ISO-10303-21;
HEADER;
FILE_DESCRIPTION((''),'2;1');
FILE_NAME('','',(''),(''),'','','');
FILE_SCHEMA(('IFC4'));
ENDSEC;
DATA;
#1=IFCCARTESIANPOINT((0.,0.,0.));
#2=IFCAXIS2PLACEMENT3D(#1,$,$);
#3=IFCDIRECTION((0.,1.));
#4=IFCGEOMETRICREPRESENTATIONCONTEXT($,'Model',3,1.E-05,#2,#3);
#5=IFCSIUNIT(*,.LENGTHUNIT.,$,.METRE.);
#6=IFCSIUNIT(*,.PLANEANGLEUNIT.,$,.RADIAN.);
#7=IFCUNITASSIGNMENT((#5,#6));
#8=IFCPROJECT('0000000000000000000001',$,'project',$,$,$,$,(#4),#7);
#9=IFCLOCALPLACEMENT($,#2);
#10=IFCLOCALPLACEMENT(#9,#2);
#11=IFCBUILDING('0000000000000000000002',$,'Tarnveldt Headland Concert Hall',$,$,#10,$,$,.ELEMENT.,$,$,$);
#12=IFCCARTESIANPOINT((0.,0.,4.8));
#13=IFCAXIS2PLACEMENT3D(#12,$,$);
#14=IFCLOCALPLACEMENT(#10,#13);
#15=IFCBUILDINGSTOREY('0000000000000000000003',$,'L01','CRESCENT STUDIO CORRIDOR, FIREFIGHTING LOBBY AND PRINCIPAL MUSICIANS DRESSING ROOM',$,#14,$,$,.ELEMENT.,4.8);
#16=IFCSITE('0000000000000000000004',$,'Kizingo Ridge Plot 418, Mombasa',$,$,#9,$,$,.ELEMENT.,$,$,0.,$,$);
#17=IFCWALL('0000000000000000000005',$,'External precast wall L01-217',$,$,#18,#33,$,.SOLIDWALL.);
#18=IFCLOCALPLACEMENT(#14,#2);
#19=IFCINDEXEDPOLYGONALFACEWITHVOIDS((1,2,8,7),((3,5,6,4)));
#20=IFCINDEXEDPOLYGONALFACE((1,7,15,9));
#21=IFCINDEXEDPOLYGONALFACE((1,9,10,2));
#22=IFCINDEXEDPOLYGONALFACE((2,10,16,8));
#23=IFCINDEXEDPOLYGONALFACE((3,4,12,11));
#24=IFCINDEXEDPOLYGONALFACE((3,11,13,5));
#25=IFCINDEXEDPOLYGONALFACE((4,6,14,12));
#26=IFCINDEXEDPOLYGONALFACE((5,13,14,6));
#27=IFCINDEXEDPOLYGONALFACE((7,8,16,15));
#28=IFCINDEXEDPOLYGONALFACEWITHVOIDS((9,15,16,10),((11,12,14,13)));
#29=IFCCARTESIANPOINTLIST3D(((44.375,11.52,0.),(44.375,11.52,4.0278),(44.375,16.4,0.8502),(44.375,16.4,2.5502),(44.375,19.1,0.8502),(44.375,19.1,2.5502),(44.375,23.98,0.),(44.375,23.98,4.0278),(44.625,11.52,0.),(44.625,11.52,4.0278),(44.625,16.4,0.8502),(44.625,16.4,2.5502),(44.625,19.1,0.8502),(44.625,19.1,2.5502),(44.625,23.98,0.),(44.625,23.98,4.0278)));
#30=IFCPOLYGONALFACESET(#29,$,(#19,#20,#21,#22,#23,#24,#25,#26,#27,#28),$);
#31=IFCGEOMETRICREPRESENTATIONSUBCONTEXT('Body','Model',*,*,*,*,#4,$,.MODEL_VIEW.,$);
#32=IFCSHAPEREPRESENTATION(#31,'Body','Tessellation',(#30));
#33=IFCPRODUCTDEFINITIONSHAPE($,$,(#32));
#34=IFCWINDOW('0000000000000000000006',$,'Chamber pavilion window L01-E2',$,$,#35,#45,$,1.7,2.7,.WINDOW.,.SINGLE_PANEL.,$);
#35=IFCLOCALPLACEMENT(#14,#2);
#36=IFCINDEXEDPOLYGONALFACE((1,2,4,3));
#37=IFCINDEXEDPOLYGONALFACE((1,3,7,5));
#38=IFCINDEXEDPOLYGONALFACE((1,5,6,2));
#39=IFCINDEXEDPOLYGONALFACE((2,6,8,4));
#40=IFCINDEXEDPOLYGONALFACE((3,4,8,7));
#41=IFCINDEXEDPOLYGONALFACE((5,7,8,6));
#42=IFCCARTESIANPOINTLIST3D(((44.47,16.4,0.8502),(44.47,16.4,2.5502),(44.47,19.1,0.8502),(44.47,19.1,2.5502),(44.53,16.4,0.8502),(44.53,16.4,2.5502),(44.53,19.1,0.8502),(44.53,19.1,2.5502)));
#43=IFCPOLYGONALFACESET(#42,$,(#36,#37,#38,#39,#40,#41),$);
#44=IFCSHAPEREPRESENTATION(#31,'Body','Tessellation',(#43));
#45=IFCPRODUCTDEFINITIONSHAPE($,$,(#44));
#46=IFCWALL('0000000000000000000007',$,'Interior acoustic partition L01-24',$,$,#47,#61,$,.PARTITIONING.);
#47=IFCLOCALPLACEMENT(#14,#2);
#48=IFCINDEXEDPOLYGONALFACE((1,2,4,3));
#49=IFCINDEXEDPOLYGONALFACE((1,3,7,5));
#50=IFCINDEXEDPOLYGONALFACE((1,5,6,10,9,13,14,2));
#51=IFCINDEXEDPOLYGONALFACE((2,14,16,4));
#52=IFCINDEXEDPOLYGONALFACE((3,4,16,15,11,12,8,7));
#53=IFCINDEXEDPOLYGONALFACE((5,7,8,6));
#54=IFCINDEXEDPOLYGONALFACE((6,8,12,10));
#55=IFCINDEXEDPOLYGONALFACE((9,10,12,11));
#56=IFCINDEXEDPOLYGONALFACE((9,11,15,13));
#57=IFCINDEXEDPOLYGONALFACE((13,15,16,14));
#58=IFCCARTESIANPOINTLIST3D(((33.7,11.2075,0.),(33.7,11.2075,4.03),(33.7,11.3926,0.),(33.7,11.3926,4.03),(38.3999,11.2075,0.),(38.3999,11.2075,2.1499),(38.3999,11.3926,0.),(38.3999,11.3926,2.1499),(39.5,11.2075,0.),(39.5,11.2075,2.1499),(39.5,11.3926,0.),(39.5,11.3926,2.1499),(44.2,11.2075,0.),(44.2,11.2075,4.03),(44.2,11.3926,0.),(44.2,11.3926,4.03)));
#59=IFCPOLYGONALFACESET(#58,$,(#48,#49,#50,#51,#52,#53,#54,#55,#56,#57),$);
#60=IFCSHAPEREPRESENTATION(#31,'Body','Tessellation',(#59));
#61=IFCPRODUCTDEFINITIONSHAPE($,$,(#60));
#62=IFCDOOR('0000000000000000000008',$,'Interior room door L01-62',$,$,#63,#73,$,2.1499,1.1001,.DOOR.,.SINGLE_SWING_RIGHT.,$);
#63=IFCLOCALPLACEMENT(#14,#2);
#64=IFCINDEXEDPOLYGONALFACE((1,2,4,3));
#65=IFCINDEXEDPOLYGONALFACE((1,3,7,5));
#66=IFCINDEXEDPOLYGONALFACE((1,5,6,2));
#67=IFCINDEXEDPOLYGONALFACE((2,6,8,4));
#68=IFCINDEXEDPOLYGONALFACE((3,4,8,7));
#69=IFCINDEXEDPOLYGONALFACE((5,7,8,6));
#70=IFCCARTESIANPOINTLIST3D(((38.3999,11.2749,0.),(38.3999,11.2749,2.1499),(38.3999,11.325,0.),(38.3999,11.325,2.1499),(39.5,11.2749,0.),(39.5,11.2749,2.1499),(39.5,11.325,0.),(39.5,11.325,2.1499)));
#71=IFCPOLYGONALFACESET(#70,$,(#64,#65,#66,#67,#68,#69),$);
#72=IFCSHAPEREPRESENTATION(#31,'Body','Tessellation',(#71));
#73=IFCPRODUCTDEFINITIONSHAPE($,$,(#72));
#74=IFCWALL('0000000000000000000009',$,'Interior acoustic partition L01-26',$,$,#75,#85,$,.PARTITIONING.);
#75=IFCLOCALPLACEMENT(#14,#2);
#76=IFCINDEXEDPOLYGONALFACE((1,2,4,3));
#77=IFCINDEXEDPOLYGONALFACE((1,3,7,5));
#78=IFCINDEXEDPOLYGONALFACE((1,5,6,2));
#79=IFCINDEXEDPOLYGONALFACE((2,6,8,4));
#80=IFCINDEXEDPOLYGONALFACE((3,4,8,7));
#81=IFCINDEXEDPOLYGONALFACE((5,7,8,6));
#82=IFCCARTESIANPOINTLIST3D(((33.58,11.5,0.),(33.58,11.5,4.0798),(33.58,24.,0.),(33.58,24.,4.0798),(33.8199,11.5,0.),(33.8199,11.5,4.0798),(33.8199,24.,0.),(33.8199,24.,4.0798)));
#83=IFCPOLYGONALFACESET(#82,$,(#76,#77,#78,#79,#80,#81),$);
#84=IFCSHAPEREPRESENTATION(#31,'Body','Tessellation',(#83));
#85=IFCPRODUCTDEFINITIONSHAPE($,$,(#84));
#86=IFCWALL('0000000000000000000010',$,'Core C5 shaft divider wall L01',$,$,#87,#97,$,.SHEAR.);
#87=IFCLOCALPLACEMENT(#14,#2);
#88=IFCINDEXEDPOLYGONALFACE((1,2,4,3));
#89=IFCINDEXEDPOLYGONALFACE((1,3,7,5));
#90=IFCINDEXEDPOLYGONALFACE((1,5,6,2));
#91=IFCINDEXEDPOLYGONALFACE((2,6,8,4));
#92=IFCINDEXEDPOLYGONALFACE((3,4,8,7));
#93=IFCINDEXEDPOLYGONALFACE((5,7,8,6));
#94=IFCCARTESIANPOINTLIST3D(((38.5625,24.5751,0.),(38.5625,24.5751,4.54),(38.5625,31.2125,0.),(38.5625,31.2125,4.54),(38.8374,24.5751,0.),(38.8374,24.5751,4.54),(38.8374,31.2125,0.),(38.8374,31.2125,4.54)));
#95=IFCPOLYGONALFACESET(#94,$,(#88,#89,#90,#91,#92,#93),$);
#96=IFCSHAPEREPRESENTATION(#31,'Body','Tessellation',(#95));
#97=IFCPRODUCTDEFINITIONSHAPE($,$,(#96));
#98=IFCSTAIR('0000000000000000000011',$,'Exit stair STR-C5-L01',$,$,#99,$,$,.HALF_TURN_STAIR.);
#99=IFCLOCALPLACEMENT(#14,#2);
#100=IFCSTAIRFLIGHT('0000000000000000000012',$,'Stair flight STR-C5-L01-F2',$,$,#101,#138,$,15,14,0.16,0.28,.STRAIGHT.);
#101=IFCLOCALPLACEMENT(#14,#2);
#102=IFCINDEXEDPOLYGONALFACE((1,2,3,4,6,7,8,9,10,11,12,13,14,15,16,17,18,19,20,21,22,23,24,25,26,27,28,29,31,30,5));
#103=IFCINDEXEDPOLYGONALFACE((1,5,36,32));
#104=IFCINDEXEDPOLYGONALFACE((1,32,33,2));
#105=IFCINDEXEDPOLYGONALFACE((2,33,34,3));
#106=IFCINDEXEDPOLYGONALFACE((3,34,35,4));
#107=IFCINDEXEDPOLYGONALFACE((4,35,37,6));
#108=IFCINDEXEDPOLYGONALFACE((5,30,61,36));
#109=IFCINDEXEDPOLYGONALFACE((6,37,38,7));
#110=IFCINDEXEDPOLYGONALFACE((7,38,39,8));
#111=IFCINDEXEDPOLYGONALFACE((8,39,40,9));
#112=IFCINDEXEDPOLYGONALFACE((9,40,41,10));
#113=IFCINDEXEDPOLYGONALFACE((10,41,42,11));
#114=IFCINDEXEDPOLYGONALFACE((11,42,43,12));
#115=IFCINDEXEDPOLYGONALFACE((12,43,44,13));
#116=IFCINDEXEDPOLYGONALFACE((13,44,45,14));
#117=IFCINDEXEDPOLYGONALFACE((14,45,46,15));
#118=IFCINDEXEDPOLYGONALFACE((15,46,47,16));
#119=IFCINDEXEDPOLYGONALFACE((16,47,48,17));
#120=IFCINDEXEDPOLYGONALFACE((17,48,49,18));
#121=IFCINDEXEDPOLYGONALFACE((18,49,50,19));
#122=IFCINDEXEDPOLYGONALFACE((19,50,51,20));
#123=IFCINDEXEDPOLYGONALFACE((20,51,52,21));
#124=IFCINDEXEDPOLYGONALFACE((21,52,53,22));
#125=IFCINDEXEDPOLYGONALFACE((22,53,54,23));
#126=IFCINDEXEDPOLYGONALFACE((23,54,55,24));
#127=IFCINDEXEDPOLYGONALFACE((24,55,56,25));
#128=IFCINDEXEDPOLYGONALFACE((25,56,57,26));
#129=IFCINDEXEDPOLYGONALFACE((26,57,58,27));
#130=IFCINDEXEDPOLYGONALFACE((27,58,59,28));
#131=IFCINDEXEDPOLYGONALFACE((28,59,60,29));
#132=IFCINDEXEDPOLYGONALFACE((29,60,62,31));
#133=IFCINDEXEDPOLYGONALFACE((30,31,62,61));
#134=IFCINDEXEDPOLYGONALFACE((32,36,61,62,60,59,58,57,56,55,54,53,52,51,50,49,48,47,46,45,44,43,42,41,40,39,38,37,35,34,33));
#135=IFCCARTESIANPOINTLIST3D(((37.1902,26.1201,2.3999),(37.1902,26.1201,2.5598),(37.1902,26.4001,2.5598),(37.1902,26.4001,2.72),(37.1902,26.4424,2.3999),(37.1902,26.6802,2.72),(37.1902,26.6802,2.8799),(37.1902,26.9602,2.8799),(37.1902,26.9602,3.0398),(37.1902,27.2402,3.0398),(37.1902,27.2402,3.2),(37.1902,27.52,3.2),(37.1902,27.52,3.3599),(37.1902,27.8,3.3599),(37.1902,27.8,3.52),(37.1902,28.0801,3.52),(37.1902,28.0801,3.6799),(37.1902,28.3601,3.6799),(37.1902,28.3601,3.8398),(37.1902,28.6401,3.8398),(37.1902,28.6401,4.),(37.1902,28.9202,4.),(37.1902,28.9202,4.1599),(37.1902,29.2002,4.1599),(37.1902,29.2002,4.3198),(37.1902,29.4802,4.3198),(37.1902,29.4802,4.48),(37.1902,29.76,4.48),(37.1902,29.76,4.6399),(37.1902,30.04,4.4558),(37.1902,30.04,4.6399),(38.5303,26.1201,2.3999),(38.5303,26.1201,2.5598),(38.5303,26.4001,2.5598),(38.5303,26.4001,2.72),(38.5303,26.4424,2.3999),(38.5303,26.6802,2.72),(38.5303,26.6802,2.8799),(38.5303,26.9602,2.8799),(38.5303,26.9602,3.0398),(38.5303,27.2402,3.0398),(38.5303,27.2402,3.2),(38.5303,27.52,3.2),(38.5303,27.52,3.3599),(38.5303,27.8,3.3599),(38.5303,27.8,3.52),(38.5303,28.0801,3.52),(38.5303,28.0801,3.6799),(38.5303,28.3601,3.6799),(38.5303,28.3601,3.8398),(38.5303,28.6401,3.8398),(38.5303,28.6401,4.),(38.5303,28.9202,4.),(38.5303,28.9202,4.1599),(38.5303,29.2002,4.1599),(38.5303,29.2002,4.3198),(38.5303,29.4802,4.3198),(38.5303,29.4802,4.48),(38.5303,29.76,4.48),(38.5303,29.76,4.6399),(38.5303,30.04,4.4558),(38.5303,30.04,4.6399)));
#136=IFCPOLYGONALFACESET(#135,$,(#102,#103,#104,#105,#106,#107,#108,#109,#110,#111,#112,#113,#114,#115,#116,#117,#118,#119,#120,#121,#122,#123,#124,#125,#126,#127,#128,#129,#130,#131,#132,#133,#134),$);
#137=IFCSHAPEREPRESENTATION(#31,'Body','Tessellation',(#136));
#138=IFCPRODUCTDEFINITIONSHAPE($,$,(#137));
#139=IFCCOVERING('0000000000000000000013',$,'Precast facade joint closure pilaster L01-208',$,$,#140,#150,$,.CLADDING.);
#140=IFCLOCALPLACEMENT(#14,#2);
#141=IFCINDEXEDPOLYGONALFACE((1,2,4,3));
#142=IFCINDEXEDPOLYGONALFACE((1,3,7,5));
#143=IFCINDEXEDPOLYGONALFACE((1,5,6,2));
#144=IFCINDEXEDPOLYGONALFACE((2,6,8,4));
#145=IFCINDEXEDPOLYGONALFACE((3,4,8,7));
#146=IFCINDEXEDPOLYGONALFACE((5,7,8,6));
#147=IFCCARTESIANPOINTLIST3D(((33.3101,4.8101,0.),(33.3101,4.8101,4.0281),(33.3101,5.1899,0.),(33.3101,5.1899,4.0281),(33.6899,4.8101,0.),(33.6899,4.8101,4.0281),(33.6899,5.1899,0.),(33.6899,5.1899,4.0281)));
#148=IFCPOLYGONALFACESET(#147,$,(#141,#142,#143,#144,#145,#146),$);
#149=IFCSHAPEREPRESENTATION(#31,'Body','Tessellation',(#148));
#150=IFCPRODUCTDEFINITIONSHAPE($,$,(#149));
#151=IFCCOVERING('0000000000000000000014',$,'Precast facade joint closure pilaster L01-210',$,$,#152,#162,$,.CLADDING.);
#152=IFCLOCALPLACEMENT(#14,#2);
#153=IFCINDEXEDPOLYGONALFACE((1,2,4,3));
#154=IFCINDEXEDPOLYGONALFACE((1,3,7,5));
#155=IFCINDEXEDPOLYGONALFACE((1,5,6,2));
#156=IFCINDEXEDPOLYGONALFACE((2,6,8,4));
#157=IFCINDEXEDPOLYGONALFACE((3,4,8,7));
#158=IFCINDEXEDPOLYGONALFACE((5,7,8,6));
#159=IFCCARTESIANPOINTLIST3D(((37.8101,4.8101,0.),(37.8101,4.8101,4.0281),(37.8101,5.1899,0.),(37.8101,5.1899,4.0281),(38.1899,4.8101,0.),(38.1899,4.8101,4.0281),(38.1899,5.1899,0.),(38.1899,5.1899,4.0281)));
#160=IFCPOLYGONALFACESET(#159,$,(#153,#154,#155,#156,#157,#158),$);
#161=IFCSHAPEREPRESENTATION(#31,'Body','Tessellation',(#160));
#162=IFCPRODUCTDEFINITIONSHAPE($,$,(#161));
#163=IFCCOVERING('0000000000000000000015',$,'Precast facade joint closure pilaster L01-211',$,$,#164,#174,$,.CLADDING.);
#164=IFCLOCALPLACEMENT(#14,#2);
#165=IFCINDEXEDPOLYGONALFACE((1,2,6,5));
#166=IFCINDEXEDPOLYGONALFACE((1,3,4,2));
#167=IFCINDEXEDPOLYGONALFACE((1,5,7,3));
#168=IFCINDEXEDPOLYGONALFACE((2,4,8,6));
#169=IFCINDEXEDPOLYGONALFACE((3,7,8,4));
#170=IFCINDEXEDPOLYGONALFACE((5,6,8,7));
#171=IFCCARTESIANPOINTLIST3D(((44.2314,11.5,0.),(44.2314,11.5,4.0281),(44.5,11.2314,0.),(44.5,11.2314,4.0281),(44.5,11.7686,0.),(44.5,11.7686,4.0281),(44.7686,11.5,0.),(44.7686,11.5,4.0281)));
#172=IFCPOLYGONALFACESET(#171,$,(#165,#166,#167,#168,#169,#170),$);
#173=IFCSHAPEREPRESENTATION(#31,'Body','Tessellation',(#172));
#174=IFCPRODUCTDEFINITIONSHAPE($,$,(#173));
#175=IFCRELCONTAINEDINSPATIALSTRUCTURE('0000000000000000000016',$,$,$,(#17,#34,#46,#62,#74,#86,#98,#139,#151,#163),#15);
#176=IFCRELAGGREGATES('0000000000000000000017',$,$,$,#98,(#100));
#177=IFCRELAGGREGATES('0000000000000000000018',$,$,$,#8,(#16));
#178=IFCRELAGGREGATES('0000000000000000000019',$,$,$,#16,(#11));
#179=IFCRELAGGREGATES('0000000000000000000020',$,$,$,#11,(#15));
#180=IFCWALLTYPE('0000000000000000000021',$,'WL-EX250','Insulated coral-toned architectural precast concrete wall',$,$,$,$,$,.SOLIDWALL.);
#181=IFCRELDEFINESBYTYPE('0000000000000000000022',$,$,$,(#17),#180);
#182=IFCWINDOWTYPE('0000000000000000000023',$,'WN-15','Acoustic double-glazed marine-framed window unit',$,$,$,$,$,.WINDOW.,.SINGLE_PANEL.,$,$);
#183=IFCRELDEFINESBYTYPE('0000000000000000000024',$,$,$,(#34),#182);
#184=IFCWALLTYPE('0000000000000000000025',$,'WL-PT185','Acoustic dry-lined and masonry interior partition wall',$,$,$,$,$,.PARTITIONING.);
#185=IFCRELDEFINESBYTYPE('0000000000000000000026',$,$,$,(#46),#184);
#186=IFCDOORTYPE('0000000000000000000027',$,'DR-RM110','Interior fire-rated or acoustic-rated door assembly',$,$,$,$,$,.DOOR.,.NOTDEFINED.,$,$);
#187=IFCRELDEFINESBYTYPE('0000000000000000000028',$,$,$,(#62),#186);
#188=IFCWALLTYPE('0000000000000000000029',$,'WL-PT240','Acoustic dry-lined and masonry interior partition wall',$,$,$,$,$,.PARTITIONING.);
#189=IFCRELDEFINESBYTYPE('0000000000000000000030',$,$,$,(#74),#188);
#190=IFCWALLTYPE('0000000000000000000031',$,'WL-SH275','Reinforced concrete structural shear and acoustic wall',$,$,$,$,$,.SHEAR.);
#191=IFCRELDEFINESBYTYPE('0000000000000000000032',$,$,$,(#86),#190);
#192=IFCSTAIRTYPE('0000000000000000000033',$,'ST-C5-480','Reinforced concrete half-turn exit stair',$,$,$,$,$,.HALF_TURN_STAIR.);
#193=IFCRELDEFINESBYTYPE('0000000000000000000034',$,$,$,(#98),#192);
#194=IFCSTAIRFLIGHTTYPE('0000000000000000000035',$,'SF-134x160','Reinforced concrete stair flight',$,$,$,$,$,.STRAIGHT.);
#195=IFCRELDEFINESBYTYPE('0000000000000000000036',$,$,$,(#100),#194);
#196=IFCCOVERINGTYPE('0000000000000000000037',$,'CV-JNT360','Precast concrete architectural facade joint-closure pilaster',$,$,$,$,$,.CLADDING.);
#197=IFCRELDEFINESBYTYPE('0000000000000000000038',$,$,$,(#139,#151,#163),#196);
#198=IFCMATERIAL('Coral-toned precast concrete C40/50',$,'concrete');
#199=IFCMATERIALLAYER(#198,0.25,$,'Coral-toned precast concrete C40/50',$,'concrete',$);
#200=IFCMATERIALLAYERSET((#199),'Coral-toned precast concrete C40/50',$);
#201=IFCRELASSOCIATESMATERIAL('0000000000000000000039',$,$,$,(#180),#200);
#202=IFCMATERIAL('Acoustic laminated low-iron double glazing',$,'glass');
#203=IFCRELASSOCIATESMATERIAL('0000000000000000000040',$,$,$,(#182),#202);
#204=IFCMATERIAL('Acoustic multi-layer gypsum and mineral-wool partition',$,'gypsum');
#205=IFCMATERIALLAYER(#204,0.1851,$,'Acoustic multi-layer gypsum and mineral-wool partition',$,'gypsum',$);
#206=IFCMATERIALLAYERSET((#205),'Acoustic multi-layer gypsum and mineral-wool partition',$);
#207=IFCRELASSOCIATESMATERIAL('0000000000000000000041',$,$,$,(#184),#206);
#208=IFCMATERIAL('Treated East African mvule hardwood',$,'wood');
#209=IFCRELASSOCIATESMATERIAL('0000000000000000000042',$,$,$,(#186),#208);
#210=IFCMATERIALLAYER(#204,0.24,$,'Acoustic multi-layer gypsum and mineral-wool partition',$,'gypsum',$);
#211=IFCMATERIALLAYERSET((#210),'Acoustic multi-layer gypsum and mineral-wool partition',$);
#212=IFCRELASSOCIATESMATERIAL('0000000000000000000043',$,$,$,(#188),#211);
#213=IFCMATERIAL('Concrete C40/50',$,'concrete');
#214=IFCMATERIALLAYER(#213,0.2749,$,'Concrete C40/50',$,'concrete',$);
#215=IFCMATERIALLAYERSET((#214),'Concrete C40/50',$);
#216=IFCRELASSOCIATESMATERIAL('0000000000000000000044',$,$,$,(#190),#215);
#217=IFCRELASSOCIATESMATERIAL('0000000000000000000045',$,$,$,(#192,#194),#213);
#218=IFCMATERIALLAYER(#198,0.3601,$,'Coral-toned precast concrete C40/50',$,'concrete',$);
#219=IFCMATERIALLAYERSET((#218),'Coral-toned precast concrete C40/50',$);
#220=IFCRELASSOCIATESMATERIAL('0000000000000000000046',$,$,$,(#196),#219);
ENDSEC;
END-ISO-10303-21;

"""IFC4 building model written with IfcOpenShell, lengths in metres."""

from ifc_helpers import new_model, si_unit, direction, frame, frame_2d, origin, origin_2d, place, context, subcontext, project, spatial, polyline, rectangle, outline, extrude, material, layer, layer_set, type_object, element, fill, aggregate, save


model = new_model("IFC4")

# Units and contexts
model_context = context("Model", 3, precision=1e-05, world=origin(), true_north=direction((0.0, 1.0)))
body_context = subcontext(model_context, "Body", "Model", "MODEL_VIEW")
ifc_project = project(units=[si_unit("LENGTHUNIT", "METRE"), si_unit("PLANEANGLEUNIT", "RADIAN")], contexts=[model_context])

# Site, building, storey
site_placement = place(None, origin())
site = spatial("IfcSite", under=ifc_project, at=site_placement, Name="Kizingo Ridge Plot 418, Mombasa", CompositionType="ELEMENT", RefElevation=0.0)
building_placement = place(site_placement, origin())
building = spatial("IfcBuilding", under=site, at=building_placement, Name="Tarnveldt Headland Concert Hall", CompositionType="ELEMENT")
storey_placement = place(building_placement, frame((0.0, 0.0, 4.8)))
storey = spatial("IfcBuildingStorey", under=building, at=storey_placement, Name="L01", Description="CRESCENT STUDIO CORRIDOR, FIREFIGHTING LOBBY AND PRINCIPAL MUSICIANS DRESSING ROOM", CompositionType="ELEMENT", Elevation=4.8)

# Shared definitions
ifc_material_1 = material(Name="Concrete C40/50", Category="concrete")

# Shared definitions
ifc_material_2 = material(Name="Coral-toned precast concrete C40/50", Category="concrete")
ifc_layer_1 = layer(ifc_material_2, 0.25, Name="Coral-toned precast concrete C40/50", Category="concrete")
ifc_layer_set_1 = layer_set([ifc_layer_1], Name="Coral-toned precast concrete C40/50")
wall_type_1 = type_object("IfcWallType", Name="WL-EX250", Description="Insulated coral-toned architectural precast concrete wall", PredefinedType="SOLIDWALL", material=ifc_layer_set_1)

# Wall, opening, window
wall_1_placement = place(storey_placement, frame((44.5, 23.98, 0.0), z_axis=(0.0, 0.0, 1.0), x_axis=(0.0, -1.0, 0.0)))
wall_1 = element("IfcWall", 1, at=wall_1_placement, inside=storey, type_object=wall_type_1, Name="External precast wall L01-217", PredefinedType="SOLIDWALL", context=body_context, shape_type="SweptSolid", body=[
    extrude(rectangle(XDim=12.46, YDim=0.25, at=frame_2d((6.23, 0.0))), origin(), (0.0, 0.0, 1.0), 4.0278),
])
opening_1_placement = place(wall_1_placement, frame((4.8799, 0.0, 0.8501)))
opening_1 = element("IfcOpeningElement", 2, at=opening_1_placement, cuts=wall_1, PredefinedType="OPENING", context=body_context, shape_type="SweptSolid", body=[
    extrude(rectangle(XDim=2.7, YDim=1.7, at=frame_2d((1.3501, 0.8501))), frame((0.0, 0.135, 0.0), z_axis=(0.0, -1.0, 0.0), x_axis=(1.0, 0.0, 0.0)), (0.0, 0.0, 1.0), 0.27),
])
ifc_material_3 = material(Name="Acoustic laminated low-iron double glazing", Category="glass")
window_type = type_object("IfcWindowType", Name="WN-15", Description="Acoustic double-glazed marine-framed window unit", PartitioningType="SINGLE_PANEL", PredefinedType="WINDOW", material=ifc_material_3)
window_placement = place(opening_1_placement, origin())
window = element("IfcWindow", 3, at=window_placement, inside=storey, type_object=window_type, Name="Chamber pavilion window L01-E2", OverallHeight=1.7, OverallWidth=2.7, PartitioningType="SINGLE_PANEL", PredefinedType="WINDOW", context=body_context, shape_type="SweptSolid", body=[
    extrude(rectangle(XDim=2.7, YDim=1.7, at=frame_2d((1.3501, 0.8501))), frame((0.0, 0.03, 0.0), z_axis=(0.0, -1.0, 0.0), x_axis=(1.0, 0.0, 0.0)), (0.0, 0.0, 1.0), 0.0601),
])
fill(opening_1, window)

# Wall, opening, door
ifc_material_4 = material(Name="Acoustic multi-layer gypsum and mineral-wool partition", Category="gypsum")
ifc_layer_2 = layer(ifc_material_4, 0.1851, Name="Acoustic multi-layer gypsum and mineral-wool partition", Category="gypsum")
ifc_layer_set_2 = layer_set([ifc_layer_2], Name="Acoustic multi-layer gypsum and mineral-wool partition")
wall_type_2 = type_object("IfcWallType", Name="WL-PT185", Description="Acoustic dry-lined and masonry interior partition wall", PredefinedType="PARTITIONING", material=ifc_layer_set_2)
wall_2_placement = place(storey_placement, frame((33.7, 11.3, 0.0), z_axis=(0.0, 0.0, 1.0), x_axis=(1.0, 0.0, 0.0)))
wall_2 = element("IfcWall", 4, at=wall_2_placement, inside=storey, type_object=wall_type_2, Name="Interior acoustic partition L01-24", PredefinedType="PARTITIONING", context=body_context, shape_type="SweptSolid", body=[
    extrude(rectangle(XDim=10.5, YDim=0.1851, at=frame_2d((5.25, 0.0))), origin(), (0.0, 0.0, 1.0), 4.03),
])
opening_2_placement = place(wall_2_placement, frame((4.7, 0.0, 0.0)))
opening_2 = element("IfcOpeningElement", 5, at=opening_2_placement, cuts=wall_2, PredefinedType="OPENING", context=body_context, shape_type="SweptSolid", body=[
    extrude(rectangle(XDim=1.1001, YDim=2.1499, at=frame_2d((0.55, 1.075))), frame((0.0, 0.1025, 0.0), z_axis=(0.0, -1.0, 0.0), x_axis=(1.0, 0.0, 0.0)), (0.0, 0.0, 1.0), 0.2051),
])
ifc_material_5 = material(Name="Treated East African mvule hardwood", Category="wood")
door_type = type_object("IfcDoorType", Name="DR-RM110", Description="Interior fire-rated or acoustic-rated door assembly", OperationType="NOTDEFINED", PredefinedType="DOOR", material=ifc_material_5)
door_placement = place(opening_2_placement, origin())
door = element("IfcDoor", 6, at=door_placement, inside=storey, type_object=door_type, Name="Interior room door L01-62", OperationType="SINGLE_SWING_RIGHT", OverallHeight=2.1499, OverallWidth=1.1001, PredefinedType="DOOR", context=body_context, shape_type="SweptSolid", body=[
    extrude(rectangle(XDim=1.1001, YDim=2.1499, at=frame_2d((0.55, 1.075))), frame((0.0, 0.0249, 0.0), z_axis=(0.0, -1.0, 0.0), x_axis=(1.0, 0.0, 0.0)), (0.0, 0.0, 1.0), 0.05),
])
fill(opening_2, door)

# Walls
ifc_layer_3 = layer(ifc_material_4, 0.24, Name="Acoustic multi-layer gypsum and mineral-wool partition", Category="gypsum")
ifc_layer_set_3 = layer_set([ifc_layer_3], Name="Acoustic multi-layer gypsum and mineral-wool partition")
wall_type_3 = type_object("IfcWallType", Name="WL-PT240", Description="Acoustic dry-lined and masonry interior partition wall", PredefinedType="PARTITIONING", material=ifc_layer_set_3)
wall_3_placement = place(storey_placement, frame((33.7, 11.5, 0.0), z_axis=(0.0, 0.0, 1.0), x_axis=(0.0, 1.0, 0.0)))
element("IfcWall", 7, at=wall_3_placement, inside=storey, type_object=wall_type_3, Name="Interior acoustic partition L01-26", PredefinedType="PARTITIONING", context=body_context, shape_type="SweptSolid", body=[
    extrude(rectangle(XDim=12.5, YDim=0.24, at=frame_2d((6.25, 0.0))), origin(), (0.0, 0.0, 1.0), 4.0798),
])
ifc_layer_4 = layer(ifc_material_1, 0.2749, Name="Concrete C40/50", Category="concrete")
ifc_layer_set_4 = layer_set([ifc_layer_4], Name="Concrete C40/50")
wall_type_4 = type_object("IfcWallType", Name="WL-SH275", Description="Reinforced concrete structural shear and acoustic wall", PredefinedType="SHEAR", material=ifc_layer_set_4)
wall_4_placement = place(storey_placement, frame((38.7, 24.575, 0.0), z_axis=(0.0, 0.0, 1.0), x_axis=(0.0, 1.0, 0.0)))
element("IfcWall", 8, at=wall_4_placement, inside=storey, type_object=wall_type_4, Name="Core C5 shaft divider wall L01", PredefinedType="SHEAR", context=body_context, shape_type="SweptSolid", body=[
    extrude(rectangle(XDim=6.6375, YDim=0.2749, at=frame_2d((3.3188, 0.0))), origin(), (0.0, 0.0, 1.0), 4.54),
])

# Stair, stair flight
stair_type = type_object("IfcStairType", Name="ST-C5-480", Description="Reinforced concrete half-turn exit stair", PredefinedType="HALF_TURN_STAIR", material=ifc_material_1)
stair_placement = place(storey_placement, origin())
stair = element("IfcStair", 9, at=stair_placement, inside=storey, type_object=stair_type, Name="Exit stair STR-C5-L01", PredefinedType="HALF_TURN_STAIR")
stair_flight_type = type_object("IfcStairFlightType", Name="SF-134x160", Description="Reinforced concrete stair flight", PredefinedType="STRAIGHT", material=ifc_material_1)
stair_flight_placement = place(storey_placement, frame((37.8601, 26.1201, 2.3999), z_axis=(0.0, 0.0, 1.0), x_axis=(0.0, 1.0, 0.0)))
stair_flight = element("IfcStairFlight", 10, at=stair_flight_placement, type_object=stair_flight_type, Name="Stair flight STR-C5-L01-F2", NumberOfRisers=15, NumberOfTreads=14, PredefinedType="STRAIGHT", RiserHeight=0.16, TreadLength=0.28, context=body_context, shape_type="SweptSolid", body=[
    extrude(outline(polyline([(0.0, 0.0), (0.0, 0.1599), (0.28, 0.1599), (0.28, 0.3201), (0.5601, 0.3201), (0.5601, 0.48), (0.8401, 0.48), (0.8401, 0.6399), (1.1201, 0.6399), (1.1201, 0.8), (1.3999, 0.8), (1.3999, 0.96), (1.6799, 0.96), (1.6799, 1.1201), (1.96, 1.1201), (1.96, 1.28), (2.24, 1.28), (2.24, 1.4399), (2.52, 1.4399), (2.52, 1.6001), (2.8, 1.6001), (2.8, 1.76), (3.0801, 1.76), (3.0801, 1.9199), (3.3601, 1.9199), (3.3601, 2.0801), (3.6399, 2.0801), (3.6399, 2.24), (3.9199, 2.24), (3.9199, 2.3999), (3.9199, 2.0559), (0.3223, 0.0), (0.0, 0.0)])), frame((0.0, 0.6699, 0.0), z_axis=(0.0, -1.0, 0.0), x_axis=(1.0, 0.0, 0.0)), (0.0, 0.0, 1.0), 1.3401),
])
aggregate(stair, [stair_flight])

# Coverings
ifc_layer_5 = layer(ifc_material_2, 0.3601, Name="Coral-toned precast concrete C40/50", Category="concrete")
ifc_layer_set_5 = layer_set([ifc_layer_5], Name="Coral-toned precast concrete C40/50")
covering_type = type_object("IfcCoveringType", Name="CV-JNT360", Description="Precast concrete architectural facade joint-closure pilaster", PredefinedType="CLADDING", material=ifc_layer_set_5)
for number, where, z_axis, x_axis, name in (
    (11, (33.5, 5.0, 0.0), (0.0, 0.0, 1.0), (-1.0, 0.0, 0.0), "Precast facade joint closure pilaster L01-208"),
    (12, (38.0, 5.0, 0.0), (0.0, 0.0, 1.0), (-1.0, 0.0, 0.0), "Precast facade joint closure pilaster L01-210"),
    (13, (44.5, 11.5, 0.0), (0.0, 0.0, 1.0), (-0.707107, -0.707107, 0.0), "Precast facade joint closure pilaster L01-211"),
):
    element("IfcCovering", number, at=place(storey_placement, frame(where, z_axis=z_axis, x_axis=x_axis)), inside=storey, type_object=covering_type, Name=name, PredefinedType="CLADDING", context=body_context, shape_type="SweptSolid", body=[
        extrude(rectangle(XDim=0.3799, YDim=0.3799, at=origin_2d()), origin(), (0.0, 0.0, 1.0), 4.0281),
    ])

save(model, "model.ifc")
